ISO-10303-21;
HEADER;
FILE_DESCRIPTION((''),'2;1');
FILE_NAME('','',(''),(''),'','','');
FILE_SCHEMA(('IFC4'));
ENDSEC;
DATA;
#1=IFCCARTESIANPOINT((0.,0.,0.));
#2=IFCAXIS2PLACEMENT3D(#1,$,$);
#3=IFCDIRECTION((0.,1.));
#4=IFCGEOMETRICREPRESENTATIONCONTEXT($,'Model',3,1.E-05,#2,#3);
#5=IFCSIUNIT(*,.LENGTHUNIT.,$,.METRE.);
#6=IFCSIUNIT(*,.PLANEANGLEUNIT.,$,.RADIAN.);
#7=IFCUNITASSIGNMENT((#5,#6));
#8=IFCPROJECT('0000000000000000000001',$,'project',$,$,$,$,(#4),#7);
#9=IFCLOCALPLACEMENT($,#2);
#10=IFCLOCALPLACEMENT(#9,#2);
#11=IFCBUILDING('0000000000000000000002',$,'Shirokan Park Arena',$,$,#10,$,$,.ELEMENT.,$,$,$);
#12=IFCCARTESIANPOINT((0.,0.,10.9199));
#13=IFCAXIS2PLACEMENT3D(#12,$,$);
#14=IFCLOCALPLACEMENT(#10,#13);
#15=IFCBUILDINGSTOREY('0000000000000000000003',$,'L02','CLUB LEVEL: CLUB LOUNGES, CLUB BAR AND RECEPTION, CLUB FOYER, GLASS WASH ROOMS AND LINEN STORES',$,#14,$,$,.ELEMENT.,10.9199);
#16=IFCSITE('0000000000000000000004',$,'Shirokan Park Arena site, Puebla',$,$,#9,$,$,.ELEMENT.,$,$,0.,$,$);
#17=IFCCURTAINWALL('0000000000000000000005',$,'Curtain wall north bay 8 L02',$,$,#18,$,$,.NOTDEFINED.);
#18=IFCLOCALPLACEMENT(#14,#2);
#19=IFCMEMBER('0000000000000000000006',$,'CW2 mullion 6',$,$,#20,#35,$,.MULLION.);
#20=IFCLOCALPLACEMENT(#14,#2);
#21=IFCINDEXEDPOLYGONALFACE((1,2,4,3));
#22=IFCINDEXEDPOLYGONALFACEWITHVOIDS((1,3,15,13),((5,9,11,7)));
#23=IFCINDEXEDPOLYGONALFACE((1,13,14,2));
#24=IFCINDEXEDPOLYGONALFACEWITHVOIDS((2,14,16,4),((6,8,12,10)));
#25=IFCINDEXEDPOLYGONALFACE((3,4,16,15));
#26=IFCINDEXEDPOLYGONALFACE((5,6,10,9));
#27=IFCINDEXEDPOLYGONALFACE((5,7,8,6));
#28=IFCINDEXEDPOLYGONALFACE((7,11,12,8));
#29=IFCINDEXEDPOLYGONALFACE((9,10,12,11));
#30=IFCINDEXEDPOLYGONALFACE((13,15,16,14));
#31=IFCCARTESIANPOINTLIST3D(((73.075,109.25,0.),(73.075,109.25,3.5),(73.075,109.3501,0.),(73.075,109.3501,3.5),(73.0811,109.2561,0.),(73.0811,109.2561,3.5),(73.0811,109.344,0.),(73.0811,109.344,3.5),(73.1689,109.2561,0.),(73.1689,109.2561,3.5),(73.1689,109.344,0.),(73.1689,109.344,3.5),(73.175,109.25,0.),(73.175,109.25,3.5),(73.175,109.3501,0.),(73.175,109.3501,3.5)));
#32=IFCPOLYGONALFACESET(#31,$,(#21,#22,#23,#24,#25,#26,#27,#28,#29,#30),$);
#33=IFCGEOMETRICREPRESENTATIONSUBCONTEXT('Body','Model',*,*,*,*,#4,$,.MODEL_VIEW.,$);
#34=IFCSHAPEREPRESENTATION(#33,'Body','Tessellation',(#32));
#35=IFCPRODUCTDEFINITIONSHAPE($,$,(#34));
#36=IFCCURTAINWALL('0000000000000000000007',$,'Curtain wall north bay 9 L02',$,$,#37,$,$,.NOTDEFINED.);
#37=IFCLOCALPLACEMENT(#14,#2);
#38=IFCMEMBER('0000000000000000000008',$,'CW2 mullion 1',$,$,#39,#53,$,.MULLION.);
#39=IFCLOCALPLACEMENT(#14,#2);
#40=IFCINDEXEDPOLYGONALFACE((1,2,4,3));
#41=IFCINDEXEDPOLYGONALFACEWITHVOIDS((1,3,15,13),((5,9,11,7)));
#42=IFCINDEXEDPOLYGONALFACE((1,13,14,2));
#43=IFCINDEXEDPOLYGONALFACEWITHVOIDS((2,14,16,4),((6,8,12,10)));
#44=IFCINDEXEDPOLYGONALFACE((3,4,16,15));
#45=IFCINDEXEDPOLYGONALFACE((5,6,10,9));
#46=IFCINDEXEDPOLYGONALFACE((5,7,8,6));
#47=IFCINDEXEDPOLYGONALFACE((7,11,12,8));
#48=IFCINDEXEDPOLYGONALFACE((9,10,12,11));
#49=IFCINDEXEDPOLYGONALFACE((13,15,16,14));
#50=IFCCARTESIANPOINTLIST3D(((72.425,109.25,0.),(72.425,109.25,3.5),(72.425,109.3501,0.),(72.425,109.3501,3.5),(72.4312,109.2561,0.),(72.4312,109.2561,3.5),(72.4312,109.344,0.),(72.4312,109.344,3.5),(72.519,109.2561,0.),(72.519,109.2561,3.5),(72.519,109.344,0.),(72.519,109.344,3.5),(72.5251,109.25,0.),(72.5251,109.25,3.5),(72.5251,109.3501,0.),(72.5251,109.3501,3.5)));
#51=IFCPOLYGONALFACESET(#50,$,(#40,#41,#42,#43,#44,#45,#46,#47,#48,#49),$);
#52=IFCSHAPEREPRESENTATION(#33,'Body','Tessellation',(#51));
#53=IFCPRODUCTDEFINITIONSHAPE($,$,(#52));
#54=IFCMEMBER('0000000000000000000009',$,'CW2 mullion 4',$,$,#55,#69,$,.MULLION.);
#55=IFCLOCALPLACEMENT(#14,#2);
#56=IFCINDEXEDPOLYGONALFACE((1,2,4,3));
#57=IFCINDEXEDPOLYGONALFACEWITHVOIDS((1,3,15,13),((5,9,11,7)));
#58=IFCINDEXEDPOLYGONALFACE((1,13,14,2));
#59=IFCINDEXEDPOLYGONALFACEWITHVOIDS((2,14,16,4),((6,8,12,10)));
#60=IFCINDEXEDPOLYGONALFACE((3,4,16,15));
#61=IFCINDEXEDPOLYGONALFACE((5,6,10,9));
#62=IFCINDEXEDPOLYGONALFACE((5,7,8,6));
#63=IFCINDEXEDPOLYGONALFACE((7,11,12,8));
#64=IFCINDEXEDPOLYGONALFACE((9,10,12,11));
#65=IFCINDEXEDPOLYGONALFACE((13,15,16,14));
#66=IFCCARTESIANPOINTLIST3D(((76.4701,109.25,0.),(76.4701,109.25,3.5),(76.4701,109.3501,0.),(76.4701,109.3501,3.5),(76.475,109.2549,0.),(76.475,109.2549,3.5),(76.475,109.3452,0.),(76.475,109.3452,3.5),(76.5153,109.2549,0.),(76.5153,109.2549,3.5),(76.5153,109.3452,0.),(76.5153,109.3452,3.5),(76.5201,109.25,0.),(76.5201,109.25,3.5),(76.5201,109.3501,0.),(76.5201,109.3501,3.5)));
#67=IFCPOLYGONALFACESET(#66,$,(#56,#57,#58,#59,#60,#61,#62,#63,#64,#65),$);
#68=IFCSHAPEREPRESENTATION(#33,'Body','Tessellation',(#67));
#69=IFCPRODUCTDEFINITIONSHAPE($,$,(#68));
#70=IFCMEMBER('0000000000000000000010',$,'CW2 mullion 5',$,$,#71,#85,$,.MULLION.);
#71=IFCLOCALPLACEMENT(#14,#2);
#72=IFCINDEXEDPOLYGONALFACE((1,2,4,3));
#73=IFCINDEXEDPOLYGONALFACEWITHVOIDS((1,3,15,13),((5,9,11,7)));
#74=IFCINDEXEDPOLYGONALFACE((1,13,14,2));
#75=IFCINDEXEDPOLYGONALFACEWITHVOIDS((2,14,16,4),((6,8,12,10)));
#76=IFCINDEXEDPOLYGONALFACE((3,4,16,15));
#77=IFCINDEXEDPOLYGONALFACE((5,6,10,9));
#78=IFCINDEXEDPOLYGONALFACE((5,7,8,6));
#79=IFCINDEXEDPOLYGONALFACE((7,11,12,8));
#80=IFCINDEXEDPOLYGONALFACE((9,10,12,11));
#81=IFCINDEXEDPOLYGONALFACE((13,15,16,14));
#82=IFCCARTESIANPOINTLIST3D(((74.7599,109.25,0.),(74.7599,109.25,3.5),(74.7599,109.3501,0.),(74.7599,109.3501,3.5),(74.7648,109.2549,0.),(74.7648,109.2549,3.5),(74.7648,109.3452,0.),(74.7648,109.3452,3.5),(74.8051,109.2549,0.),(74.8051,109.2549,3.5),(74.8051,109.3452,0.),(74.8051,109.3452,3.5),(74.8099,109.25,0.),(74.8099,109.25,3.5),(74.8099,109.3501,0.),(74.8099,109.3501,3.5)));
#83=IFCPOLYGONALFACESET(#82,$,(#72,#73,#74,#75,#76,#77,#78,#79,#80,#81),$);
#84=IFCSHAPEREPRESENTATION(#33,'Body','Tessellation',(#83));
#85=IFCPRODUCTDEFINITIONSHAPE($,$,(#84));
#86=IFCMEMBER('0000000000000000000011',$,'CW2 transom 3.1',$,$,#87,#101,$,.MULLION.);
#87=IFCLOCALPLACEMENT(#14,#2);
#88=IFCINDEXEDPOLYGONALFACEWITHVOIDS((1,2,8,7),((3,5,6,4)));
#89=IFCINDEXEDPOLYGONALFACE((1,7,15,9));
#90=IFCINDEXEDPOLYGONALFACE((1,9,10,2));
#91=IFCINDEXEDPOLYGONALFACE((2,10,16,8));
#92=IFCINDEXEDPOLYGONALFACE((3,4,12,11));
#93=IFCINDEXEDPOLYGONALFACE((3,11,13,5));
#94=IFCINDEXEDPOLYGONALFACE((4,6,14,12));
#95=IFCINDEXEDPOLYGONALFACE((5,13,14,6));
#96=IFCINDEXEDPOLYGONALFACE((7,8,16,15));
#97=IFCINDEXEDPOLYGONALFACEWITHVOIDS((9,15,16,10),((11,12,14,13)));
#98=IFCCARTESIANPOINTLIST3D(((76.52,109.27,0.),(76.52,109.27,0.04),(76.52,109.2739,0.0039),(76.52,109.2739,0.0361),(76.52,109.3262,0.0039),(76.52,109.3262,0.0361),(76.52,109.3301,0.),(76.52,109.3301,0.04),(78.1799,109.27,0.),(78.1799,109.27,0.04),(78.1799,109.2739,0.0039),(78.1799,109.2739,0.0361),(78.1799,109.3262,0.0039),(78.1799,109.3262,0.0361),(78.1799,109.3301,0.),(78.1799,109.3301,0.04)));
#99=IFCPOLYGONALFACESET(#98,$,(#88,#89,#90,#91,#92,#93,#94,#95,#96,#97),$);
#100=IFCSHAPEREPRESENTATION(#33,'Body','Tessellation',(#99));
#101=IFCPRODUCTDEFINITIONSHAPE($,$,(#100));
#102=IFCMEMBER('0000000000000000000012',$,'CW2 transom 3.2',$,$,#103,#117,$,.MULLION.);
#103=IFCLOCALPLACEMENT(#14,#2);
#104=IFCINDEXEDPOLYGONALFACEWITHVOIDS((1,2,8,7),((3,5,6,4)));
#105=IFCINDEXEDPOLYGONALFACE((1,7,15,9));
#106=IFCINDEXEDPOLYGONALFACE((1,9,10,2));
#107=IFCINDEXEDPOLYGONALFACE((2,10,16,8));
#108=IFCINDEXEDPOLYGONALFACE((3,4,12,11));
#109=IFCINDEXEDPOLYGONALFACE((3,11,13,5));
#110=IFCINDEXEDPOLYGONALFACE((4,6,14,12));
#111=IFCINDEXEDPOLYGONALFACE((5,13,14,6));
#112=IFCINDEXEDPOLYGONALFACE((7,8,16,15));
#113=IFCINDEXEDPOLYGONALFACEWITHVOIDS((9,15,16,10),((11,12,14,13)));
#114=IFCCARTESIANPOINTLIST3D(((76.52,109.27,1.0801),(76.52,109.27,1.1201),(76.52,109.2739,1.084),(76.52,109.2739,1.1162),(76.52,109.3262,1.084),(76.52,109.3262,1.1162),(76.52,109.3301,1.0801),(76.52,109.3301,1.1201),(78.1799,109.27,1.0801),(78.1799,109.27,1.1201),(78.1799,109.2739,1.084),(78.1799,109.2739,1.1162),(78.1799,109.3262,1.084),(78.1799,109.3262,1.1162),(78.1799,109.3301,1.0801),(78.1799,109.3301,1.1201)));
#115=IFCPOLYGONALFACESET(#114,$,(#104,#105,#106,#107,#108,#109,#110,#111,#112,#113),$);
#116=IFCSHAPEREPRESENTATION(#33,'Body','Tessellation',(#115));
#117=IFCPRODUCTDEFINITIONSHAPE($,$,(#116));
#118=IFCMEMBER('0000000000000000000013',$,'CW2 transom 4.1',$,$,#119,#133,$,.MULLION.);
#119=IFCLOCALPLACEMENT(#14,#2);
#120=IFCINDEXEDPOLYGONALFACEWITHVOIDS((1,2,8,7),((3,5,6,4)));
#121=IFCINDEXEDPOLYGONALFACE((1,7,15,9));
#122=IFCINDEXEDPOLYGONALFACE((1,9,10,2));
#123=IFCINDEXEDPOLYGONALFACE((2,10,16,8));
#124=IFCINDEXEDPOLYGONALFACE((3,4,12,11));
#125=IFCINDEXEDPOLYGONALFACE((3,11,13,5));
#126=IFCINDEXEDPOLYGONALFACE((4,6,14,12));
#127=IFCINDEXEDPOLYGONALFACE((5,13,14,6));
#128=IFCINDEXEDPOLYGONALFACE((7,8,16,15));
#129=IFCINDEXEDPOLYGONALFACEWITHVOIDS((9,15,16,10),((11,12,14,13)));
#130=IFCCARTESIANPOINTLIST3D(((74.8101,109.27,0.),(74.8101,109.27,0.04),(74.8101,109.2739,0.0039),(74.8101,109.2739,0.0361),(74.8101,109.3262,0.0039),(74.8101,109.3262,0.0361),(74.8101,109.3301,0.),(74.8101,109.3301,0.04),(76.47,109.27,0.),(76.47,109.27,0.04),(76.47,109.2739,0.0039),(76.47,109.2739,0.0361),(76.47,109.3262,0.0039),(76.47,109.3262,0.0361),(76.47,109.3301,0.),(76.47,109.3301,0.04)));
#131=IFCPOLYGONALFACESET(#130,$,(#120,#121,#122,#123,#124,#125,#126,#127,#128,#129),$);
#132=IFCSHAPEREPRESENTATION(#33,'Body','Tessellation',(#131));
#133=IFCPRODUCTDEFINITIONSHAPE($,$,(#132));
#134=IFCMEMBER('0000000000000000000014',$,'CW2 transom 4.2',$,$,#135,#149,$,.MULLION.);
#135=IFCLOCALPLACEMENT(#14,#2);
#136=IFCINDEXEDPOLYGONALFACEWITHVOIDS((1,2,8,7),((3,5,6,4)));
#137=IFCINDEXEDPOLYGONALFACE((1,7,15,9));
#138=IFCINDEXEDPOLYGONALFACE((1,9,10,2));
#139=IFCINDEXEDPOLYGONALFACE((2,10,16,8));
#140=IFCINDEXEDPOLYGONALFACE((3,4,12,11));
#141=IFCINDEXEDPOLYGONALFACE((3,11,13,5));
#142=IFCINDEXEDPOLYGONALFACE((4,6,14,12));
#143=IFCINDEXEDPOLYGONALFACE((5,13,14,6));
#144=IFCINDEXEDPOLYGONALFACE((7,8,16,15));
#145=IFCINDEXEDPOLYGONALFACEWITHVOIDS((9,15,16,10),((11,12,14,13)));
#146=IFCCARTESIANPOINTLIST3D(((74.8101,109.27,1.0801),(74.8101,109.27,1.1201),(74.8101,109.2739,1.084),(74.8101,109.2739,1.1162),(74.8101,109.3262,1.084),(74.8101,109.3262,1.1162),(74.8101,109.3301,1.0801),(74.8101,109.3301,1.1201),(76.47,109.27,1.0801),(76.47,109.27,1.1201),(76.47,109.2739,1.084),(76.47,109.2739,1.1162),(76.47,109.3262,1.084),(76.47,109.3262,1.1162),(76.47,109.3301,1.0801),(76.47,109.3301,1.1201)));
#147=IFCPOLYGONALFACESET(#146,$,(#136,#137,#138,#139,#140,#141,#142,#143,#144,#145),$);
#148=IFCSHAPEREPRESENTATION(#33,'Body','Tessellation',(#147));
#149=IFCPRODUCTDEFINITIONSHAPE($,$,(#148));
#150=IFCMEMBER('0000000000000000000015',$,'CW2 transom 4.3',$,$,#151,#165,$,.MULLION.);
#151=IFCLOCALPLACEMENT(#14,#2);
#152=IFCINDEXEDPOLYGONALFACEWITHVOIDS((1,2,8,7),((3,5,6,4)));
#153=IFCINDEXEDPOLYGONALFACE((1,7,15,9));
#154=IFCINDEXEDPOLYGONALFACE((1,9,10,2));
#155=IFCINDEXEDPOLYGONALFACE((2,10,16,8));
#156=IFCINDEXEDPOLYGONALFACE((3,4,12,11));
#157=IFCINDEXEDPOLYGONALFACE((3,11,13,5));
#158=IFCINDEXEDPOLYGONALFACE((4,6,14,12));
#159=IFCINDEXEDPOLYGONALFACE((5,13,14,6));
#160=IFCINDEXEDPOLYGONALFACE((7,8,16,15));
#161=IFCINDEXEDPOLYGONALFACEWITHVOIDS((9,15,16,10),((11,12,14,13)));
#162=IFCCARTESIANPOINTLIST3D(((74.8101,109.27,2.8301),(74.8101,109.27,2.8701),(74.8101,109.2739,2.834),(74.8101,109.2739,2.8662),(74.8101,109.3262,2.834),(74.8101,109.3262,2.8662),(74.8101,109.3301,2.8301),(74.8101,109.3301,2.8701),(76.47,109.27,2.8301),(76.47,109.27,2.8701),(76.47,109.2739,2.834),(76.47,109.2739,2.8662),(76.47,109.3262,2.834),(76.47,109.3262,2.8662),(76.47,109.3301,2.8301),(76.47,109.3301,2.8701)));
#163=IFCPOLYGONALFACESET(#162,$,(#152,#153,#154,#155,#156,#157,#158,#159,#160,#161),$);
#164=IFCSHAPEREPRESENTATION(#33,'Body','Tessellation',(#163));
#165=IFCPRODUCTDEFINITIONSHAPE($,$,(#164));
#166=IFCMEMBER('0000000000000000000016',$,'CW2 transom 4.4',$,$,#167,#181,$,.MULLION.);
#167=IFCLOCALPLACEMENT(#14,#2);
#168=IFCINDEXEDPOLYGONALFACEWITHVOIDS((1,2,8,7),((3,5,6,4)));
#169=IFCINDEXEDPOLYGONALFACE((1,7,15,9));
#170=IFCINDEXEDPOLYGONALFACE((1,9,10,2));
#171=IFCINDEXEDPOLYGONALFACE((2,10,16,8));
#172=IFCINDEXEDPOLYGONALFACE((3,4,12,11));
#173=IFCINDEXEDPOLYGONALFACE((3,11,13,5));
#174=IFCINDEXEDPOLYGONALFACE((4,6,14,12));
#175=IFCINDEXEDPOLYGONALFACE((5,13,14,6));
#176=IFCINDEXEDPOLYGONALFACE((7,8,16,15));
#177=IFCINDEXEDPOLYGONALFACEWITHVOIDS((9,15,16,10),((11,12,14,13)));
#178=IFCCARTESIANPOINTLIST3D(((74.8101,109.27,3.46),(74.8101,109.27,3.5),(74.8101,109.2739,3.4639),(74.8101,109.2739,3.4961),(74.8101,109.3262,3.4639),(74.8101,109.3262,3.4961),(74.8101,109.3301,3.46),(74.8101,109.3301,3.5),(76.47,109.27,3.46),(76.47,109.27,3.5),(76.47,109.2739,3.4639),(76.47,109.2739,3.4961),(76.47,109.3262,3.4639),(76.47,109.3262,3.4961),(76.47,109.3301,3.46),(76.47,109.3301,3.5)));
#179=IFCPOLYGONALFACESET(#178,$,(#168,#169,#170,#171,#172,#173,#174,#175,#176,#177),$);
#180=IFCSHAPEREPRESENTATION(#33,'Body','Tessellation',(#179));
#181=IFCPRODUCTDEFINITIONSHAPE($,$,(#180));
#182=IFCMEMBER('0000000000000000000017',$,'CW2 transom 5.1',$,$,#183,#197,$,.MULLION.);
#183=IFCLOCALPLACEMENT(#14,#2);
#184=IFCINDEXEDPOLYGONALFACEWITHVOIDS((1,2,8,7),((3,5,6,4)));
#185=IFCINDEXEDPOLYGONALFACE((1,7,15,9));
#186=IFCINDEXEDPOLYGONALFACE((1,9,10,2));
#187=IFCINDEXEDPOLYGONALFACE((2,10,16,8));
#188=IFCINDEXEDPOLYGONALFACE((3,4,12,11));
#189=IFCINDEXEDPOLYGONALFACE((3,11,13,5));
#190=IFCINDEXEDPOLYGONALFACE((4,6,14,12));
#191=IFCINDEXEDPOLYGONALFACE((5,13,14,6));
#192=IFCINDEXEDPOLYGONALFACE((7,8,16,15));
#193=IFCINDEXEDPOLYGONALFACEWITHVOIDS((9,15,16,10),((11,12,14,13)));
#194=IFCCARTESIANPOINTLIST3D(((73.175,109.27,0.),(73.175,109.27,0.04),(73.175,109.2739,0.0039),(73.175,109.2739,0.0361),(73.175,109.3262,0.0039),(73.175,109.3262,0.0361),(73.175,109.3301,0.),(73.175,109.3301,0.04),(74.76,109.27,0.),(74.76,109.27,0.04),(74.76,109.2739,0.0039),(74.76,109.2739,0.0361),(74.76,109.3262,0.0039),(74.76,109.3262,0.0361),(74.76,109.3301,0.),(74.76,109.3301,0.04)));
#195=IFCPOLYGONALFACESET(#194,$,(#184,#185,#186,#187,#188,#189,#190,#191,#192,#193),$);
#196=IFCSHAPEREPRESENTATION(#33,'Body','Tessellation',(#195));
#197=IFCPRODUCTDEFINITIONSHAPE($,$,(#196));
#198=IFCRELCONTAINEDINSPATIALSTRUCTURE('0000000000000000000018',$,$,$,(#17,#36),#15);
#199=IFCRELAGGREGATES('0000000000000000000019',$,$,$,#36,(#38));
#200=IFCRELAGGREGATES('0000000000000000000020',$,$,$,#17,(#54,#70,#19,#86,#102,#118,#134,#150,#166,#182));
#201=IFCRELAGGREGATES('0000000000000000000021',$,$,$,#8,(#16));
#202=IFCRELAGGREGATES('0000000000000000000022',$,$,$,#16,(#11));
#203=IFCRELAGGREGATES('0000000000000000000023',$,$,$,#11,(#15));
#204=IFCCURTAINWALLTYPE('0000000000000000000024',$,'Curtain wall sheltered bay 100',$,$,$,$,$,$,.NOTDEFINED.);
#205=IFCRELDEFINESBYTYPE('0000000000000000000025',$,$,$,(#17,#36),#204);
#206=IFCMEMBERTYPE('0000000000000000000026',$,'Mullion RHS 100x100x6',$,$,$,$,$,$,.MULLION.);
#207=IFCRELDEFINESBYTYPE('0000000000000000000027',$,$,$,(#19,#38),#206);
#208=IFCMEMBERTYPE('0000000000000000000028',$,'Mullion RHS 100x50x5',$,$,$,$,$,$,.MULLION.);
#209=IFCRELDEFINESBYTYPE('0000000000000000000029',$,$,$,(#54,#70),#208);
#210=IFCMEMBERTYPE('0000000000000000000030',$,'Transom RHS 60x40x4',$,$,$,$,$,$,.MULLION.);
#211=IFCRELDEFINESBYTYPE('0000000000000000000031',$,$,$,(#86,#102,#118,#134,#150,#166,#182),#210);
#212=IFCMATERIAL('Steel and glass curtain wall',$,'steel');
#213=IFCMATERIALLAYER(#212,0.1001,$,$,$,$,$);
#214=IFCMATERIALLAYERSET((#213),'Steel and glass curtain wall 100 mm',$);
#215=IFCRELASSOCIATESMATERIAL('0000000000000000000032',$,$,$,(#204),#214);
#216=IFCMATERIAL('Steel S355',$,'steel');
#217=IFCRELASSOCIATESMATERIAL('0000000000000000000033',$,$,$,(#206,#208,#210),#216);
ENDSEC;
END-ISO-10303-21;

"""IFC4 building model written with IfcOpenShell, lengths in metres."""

from ifc_helpers import new_model, si_unit, direction, frame, origin, origin_2d, place, context, subcontext, project, spatial, hollow_rectangle, extrude, material, layer, layer_set, material_profile, profile_set, type_object, element, aggregate, save


model = new_model("IFC4")

# Units and contexts
model_context = context("Model", 3, precision=1e-05, world=origin(), true_north=direction((0.0, 1.0)))
body_context = subcontext(model_context, "Body", "Model", "MODEL_VIEW")
ifc_project = project(units=[si_unit("LENGTHUNIT", "METRE"), si_unit("PLANEANGLEUNIT", "RADIAN")], contexts=[model_context])

# Site, building, storey
site_placement = place(None, origin())
site = spatial("IfcSite", under=ifc_project, at=site_placement, Name="Shirokan Park Arena site, Puebla", CompositionType="ELEMENT", RefElevation=0.0)
building_placement = place(site_placement, origin())
building = spatial("IfcBuilding", under=site, at=building_placement, Name="Shirokan Park Arena", CompositionType="ELEMENT")
storey_placement = place(building_placement, frame((0.0, 0.0, 10.9199)))
storey = spatial("IfcBuildingStorey", under=building, at=storey_placement, Name="L02", Description="CLUB LEVEL: CLUB LOUNGES, CLUB BAR AND RECEPTION, CLUB FOYER, GLASS WASH ROOMS AND LINEN STORES", CompositionType="ELEMENT", Elevation=10.9199)

# Curtain walls, members
ifc_material_1 = material(Name="Steel and glass curtain wall", Category="steel")
ifc_layer_1 = layer(ifc_material_1, 0.1001)
ifc_layer_set_1 = layer_set([ifc_layer_1], Name="Steel and glass curtain wall 100 mm")
curtain_wall_type = type_object("IfcCurtainWallType", Name="Curtain wall sheltered bay 100", PredefinedType="NOTDEFINED", material=ifc_layer_set_1)
curtain_wall_1_placement = place(storey_placement, origin())
curtain_wall_1 = element("IfcCurtainWall", 1, at=curtain_wall_1_placement, inside=storey, type_object=curtain_wall_type, Name="Curtain wall north bay 8 L02", PredefinedType="NOTDEFINED")
ifc_material_2 = material(Name="Steel S355", Category="steel")
ifc_material_profile_1 = material_profile(ifc_material_2, hollow_rectangle(XDim=0.1001, YDim=0.1001, WallThickness=0.0061, at=origin_2d()), Name="RHS 100x100x6")
ifc_profile_set_1 = profile_set([ifc_material_profile_1], Name="Steel S355")
member_type_1 = type_object("IfcMemberType", Name="Mullion RHS 100x100x6", PredefinedType="MULLION", material=ifc_profile_set_1)
member_1_placement = place(storey_placement, frame((73.125, 109.3, 0.0), z_axis=(0.0, 0.0, 1.0), x_axis=(0.0, -1.0, 0.0)))
member_1 = element("IfcMember", 2, at=member_1_placement, type_object=member_type_1, Name="CW2 mullion 6", PredefinedType="MULLION", context=body_context, shape_type="SweptSolid", body=[
    extrude(hollow_rectangle(XDim=0.1001, YDim=0.1001, WallThickness=0.0061, at=origin_2d()), origin(), (0.0, 0.0, 1.0), 3.5),
])
curtain_wall_2_placement = place(storey_placement, origin())
curtain_wall_2 = element("IfcCurtainWall", 3, at=curtain_wall_2_placement, inside=storey, type_object=curtain_wall_type, Name="Curtain wall north bay 9 L02", PredefinedType="NOTDEFINED")
member_2_placement = place(storey_placement, frame((72.4751, 109.3, 0.0), z_axis=(0.0, 0.0, 1.0), x_axis=(0.0, -1.0, 0.0)))
member_2 = element("IfcMember", 4, at=member_2_placement, type_object=member_type_1, Name="CW2 mullion 1", PredefinedType="MULLION", context=body_context, shape_type="SweptSolid", body=[
    extrude(hollow_rectangle(XDim=0.1001, YDim=0.1001, WallThickness=0.0061, at=origin_2d()), origin(), (0.0, 0.0, 1.0), 3.5),
])

# Members
ifc_material_profile_2 = material_profile(ifc_material_2, hollow_rectangle(XDim=0.1001, YDim=0.05, WallThickness=0.0049, at=origin_2d()), Name="RHS 100x50x5")
ifc_profile_set_2 = profile_set([ifc_material_profile_2], Name="Steel S355")
member_type_2 = type_object("IfcMemberType", Name="Mullion RHS 100x50x5", PredefinedType="MULLION", material=ifc_profile_set_2)
member_3_placement = place(storey_placement, frame((76.4951, 109.3, 0.0), z_axis=(0.0, 0.0, 1.0), x_axis=(0.0, -1.0, 0.0)))
member_3 = element("IfcMember", 5, at=member_3_placement, type_object=member_type_2, Name="CW2 mullion 4", PredefinedType="MULLION", context=body_context, shape_type="SweptSolid", body=[
    extrude(hollow_rectangle(XDim=0.1001, YDim=0.05, WallThickness=0.0049, at=origin_2d()), origin(), (0.0, 0.0, 1.0), 3.5),
])
member_4_placement = place(storey_placement, frame((74.7849, 109.3, 0.0), z_axis=(0.0, 0.0, 1.0), x_axis=(0.0, -1.0, 0.0)))
member_4 = element("IfcMember", 6, at=member_4_placement, type_object=member_type_2, Name="CW2 mullion 5", PredefinedType="MULLION", context=body_context, shape_type="SweptSolid", body=[
    extrude(hollow_rectangle(XDim=0.1001, YDim=0.05, WallThickness=0.0049, at=origin_2d()), origin(), (0.0, 0.0, 1.0), 3.5),
])
ifc_material_profile_3 = material_profile(ifc_material_2, hollow_rectangle(XDim=0.0601, YDim=0.04, WallThickness=0.0039, at=origin_2d()), Name="RHS 60x40x4")
ifc_profile_set_3 = profile_set([ifc_material_profile_3], Name="Steel S355")
member_type_3 = type_object("IfcMemberType", Name="Transom RHS 60x40x4", PredefinedType="MULLION", material=ifc_profile_set_3)
member_5_placement = place(storey_placement, frame((78.1799, 109.3, 0.02), z_axis=(-1.0, 0.0, 0.0), x_axis=(0.0, -1.0, 0.0)))
member_5 = element("IfcMember", 7, at=member_5_placement, type_object=member_type_3, Name="CW2 transom 3.1", PredefinedType="MULLION", context=body_context, shape_type="SweptSolid", body=[
    extrude(hollow_rectangle(XDim=0.0601, YDim=0.04, WallThickness=0.0039, at=origin_2d()), origin(), (0.0, 0.0, 1.0), 1.6599),
])
member_6_placement = place(storey_placement, frame((78.1799, 109.3, 1.1001), z_axis=(-1.0, 0.0, 0.0), x_axis=(0.0, -1.0, 0.0)))
member_6 = element("IfcMember", 8, at=member_6_placement, type_object=member_type_3, Name="CW2 transom 3.2", PredefinedType="MULLION", context=body_context, shape_type="SweptSolid", body=[
    extrude(hollow_rectangle(XDim=0.0601, YDim=0.04, WallThickness=0.0039, at=origin_2d()), origin(), (0.0, 0.0, 1.0), 1.6599),
])
member_7_placement = place(storey_placement, frame((76.47, 109.3, 0.02), z_axis=(-1.0, 0.0, 0.0), x_axis=(0.0, -1.0, 0.0)))
member_7 = element("IfcMember", 9, at=member_7_placement, type_object=member_type_3, Name="CW2 transom 4.1", PredefinedType="MULLION", context=body_context, shape_type="SweptSolid", body=[
    extrude(hollow_rectangle(XDim=0.0601, YDim=0.04, WallThickness=0.0039, at=origin_2d()), origin(), (0.0, 0.0, 1.0), 1.6599),
])
member_8_placement = place(storey_placement, frame((76.47, 109.3, 1.1001), z_axis=(-1.0, 0.0, 0.0), x_axis=(0.0, -1.0, 0.0)))
member_8 = element("IfcMember", 10, at=member_8_placement, type_object=member_type_3, Name="CW2 transom 4.2", PredefinedType="MULLION", context=body_context, shape_type="SweptSolid", body=[
    extrude(hollow_rectangle(XDim=0.0601, YDim=0.04, WallThickness=0.0039, at=origin_2d()), origin(), (0.0, 0.0, 1.0), 1.6599),
])
member_9_placement = place(storey_placement, frame((76.47, 109.3, 2.8501), z_axis=(-1.0, 0.0, 0.0), x_axis=(0.0, -1.0, 0.0)))
member_9 = element("IfcMember", 11, at=member_9_placement, type_object=member_type_3, Name="CW2 transom 4.3", PredefinedType="MULLION", context=body_context, shape_type="SweptSolid", body=[
    extrude(hollow_rectangle(XDim=0.0601, YDim=0.04, WallThickness=0.0039, at=origin_2d()), origin(), (0.0, 0.0, 1.0), 1.6599),
])
member_10_placement = place(storey_placement, frame((76.47, 109.3, 3.48), z_axis=(-1.0, 0.0, 0.0), x_axis=(0.0, -1.0, 0.0)))
member_10 = element("IfcMember", 12, at=member_10_placement, type_object=member_type_3, Name="CW2 transom 4.4", PredefinedType="MULLION", context=body_context, shape_type="SweptSolid", body=[
    extrude(hollow_rectangle(XDim=0.0601, YDim=0.04, WallThickness=0.0039, at=origin_2d()), origin(), (0.0, 0.0, 1.0), 1.6599),
])
member_11_placement = place(storey_placement, frame((74.76, 109.3, 0.02), z_axis=(-1.0, 0.0, 0.0), x_axis=(0.0, -1.0, 0.0)))
member_11 = element("IfcMember", 13, at=member_11_placement, type_object=member_type_3, Name="CW2 transom 5.1", PredefinedType="MULLION", context=body_context, shape_type="SweptSolid", body=[
    extrude(hollow_rectangle(XDim=0.0601, YDim=0.04, WallThickness=0.0039, at=origin_2d()), origin(), (0.0, 0.0, 1.0), 1.585),
])
aggregate(curtain_wall_2, [member_2])

aggregate(curtain_wall_1, [member_3, member_4, member_1, member_5, member_6, member_7, member_8, member_9, member_10, member_11])

save(model, "model.ifc")
